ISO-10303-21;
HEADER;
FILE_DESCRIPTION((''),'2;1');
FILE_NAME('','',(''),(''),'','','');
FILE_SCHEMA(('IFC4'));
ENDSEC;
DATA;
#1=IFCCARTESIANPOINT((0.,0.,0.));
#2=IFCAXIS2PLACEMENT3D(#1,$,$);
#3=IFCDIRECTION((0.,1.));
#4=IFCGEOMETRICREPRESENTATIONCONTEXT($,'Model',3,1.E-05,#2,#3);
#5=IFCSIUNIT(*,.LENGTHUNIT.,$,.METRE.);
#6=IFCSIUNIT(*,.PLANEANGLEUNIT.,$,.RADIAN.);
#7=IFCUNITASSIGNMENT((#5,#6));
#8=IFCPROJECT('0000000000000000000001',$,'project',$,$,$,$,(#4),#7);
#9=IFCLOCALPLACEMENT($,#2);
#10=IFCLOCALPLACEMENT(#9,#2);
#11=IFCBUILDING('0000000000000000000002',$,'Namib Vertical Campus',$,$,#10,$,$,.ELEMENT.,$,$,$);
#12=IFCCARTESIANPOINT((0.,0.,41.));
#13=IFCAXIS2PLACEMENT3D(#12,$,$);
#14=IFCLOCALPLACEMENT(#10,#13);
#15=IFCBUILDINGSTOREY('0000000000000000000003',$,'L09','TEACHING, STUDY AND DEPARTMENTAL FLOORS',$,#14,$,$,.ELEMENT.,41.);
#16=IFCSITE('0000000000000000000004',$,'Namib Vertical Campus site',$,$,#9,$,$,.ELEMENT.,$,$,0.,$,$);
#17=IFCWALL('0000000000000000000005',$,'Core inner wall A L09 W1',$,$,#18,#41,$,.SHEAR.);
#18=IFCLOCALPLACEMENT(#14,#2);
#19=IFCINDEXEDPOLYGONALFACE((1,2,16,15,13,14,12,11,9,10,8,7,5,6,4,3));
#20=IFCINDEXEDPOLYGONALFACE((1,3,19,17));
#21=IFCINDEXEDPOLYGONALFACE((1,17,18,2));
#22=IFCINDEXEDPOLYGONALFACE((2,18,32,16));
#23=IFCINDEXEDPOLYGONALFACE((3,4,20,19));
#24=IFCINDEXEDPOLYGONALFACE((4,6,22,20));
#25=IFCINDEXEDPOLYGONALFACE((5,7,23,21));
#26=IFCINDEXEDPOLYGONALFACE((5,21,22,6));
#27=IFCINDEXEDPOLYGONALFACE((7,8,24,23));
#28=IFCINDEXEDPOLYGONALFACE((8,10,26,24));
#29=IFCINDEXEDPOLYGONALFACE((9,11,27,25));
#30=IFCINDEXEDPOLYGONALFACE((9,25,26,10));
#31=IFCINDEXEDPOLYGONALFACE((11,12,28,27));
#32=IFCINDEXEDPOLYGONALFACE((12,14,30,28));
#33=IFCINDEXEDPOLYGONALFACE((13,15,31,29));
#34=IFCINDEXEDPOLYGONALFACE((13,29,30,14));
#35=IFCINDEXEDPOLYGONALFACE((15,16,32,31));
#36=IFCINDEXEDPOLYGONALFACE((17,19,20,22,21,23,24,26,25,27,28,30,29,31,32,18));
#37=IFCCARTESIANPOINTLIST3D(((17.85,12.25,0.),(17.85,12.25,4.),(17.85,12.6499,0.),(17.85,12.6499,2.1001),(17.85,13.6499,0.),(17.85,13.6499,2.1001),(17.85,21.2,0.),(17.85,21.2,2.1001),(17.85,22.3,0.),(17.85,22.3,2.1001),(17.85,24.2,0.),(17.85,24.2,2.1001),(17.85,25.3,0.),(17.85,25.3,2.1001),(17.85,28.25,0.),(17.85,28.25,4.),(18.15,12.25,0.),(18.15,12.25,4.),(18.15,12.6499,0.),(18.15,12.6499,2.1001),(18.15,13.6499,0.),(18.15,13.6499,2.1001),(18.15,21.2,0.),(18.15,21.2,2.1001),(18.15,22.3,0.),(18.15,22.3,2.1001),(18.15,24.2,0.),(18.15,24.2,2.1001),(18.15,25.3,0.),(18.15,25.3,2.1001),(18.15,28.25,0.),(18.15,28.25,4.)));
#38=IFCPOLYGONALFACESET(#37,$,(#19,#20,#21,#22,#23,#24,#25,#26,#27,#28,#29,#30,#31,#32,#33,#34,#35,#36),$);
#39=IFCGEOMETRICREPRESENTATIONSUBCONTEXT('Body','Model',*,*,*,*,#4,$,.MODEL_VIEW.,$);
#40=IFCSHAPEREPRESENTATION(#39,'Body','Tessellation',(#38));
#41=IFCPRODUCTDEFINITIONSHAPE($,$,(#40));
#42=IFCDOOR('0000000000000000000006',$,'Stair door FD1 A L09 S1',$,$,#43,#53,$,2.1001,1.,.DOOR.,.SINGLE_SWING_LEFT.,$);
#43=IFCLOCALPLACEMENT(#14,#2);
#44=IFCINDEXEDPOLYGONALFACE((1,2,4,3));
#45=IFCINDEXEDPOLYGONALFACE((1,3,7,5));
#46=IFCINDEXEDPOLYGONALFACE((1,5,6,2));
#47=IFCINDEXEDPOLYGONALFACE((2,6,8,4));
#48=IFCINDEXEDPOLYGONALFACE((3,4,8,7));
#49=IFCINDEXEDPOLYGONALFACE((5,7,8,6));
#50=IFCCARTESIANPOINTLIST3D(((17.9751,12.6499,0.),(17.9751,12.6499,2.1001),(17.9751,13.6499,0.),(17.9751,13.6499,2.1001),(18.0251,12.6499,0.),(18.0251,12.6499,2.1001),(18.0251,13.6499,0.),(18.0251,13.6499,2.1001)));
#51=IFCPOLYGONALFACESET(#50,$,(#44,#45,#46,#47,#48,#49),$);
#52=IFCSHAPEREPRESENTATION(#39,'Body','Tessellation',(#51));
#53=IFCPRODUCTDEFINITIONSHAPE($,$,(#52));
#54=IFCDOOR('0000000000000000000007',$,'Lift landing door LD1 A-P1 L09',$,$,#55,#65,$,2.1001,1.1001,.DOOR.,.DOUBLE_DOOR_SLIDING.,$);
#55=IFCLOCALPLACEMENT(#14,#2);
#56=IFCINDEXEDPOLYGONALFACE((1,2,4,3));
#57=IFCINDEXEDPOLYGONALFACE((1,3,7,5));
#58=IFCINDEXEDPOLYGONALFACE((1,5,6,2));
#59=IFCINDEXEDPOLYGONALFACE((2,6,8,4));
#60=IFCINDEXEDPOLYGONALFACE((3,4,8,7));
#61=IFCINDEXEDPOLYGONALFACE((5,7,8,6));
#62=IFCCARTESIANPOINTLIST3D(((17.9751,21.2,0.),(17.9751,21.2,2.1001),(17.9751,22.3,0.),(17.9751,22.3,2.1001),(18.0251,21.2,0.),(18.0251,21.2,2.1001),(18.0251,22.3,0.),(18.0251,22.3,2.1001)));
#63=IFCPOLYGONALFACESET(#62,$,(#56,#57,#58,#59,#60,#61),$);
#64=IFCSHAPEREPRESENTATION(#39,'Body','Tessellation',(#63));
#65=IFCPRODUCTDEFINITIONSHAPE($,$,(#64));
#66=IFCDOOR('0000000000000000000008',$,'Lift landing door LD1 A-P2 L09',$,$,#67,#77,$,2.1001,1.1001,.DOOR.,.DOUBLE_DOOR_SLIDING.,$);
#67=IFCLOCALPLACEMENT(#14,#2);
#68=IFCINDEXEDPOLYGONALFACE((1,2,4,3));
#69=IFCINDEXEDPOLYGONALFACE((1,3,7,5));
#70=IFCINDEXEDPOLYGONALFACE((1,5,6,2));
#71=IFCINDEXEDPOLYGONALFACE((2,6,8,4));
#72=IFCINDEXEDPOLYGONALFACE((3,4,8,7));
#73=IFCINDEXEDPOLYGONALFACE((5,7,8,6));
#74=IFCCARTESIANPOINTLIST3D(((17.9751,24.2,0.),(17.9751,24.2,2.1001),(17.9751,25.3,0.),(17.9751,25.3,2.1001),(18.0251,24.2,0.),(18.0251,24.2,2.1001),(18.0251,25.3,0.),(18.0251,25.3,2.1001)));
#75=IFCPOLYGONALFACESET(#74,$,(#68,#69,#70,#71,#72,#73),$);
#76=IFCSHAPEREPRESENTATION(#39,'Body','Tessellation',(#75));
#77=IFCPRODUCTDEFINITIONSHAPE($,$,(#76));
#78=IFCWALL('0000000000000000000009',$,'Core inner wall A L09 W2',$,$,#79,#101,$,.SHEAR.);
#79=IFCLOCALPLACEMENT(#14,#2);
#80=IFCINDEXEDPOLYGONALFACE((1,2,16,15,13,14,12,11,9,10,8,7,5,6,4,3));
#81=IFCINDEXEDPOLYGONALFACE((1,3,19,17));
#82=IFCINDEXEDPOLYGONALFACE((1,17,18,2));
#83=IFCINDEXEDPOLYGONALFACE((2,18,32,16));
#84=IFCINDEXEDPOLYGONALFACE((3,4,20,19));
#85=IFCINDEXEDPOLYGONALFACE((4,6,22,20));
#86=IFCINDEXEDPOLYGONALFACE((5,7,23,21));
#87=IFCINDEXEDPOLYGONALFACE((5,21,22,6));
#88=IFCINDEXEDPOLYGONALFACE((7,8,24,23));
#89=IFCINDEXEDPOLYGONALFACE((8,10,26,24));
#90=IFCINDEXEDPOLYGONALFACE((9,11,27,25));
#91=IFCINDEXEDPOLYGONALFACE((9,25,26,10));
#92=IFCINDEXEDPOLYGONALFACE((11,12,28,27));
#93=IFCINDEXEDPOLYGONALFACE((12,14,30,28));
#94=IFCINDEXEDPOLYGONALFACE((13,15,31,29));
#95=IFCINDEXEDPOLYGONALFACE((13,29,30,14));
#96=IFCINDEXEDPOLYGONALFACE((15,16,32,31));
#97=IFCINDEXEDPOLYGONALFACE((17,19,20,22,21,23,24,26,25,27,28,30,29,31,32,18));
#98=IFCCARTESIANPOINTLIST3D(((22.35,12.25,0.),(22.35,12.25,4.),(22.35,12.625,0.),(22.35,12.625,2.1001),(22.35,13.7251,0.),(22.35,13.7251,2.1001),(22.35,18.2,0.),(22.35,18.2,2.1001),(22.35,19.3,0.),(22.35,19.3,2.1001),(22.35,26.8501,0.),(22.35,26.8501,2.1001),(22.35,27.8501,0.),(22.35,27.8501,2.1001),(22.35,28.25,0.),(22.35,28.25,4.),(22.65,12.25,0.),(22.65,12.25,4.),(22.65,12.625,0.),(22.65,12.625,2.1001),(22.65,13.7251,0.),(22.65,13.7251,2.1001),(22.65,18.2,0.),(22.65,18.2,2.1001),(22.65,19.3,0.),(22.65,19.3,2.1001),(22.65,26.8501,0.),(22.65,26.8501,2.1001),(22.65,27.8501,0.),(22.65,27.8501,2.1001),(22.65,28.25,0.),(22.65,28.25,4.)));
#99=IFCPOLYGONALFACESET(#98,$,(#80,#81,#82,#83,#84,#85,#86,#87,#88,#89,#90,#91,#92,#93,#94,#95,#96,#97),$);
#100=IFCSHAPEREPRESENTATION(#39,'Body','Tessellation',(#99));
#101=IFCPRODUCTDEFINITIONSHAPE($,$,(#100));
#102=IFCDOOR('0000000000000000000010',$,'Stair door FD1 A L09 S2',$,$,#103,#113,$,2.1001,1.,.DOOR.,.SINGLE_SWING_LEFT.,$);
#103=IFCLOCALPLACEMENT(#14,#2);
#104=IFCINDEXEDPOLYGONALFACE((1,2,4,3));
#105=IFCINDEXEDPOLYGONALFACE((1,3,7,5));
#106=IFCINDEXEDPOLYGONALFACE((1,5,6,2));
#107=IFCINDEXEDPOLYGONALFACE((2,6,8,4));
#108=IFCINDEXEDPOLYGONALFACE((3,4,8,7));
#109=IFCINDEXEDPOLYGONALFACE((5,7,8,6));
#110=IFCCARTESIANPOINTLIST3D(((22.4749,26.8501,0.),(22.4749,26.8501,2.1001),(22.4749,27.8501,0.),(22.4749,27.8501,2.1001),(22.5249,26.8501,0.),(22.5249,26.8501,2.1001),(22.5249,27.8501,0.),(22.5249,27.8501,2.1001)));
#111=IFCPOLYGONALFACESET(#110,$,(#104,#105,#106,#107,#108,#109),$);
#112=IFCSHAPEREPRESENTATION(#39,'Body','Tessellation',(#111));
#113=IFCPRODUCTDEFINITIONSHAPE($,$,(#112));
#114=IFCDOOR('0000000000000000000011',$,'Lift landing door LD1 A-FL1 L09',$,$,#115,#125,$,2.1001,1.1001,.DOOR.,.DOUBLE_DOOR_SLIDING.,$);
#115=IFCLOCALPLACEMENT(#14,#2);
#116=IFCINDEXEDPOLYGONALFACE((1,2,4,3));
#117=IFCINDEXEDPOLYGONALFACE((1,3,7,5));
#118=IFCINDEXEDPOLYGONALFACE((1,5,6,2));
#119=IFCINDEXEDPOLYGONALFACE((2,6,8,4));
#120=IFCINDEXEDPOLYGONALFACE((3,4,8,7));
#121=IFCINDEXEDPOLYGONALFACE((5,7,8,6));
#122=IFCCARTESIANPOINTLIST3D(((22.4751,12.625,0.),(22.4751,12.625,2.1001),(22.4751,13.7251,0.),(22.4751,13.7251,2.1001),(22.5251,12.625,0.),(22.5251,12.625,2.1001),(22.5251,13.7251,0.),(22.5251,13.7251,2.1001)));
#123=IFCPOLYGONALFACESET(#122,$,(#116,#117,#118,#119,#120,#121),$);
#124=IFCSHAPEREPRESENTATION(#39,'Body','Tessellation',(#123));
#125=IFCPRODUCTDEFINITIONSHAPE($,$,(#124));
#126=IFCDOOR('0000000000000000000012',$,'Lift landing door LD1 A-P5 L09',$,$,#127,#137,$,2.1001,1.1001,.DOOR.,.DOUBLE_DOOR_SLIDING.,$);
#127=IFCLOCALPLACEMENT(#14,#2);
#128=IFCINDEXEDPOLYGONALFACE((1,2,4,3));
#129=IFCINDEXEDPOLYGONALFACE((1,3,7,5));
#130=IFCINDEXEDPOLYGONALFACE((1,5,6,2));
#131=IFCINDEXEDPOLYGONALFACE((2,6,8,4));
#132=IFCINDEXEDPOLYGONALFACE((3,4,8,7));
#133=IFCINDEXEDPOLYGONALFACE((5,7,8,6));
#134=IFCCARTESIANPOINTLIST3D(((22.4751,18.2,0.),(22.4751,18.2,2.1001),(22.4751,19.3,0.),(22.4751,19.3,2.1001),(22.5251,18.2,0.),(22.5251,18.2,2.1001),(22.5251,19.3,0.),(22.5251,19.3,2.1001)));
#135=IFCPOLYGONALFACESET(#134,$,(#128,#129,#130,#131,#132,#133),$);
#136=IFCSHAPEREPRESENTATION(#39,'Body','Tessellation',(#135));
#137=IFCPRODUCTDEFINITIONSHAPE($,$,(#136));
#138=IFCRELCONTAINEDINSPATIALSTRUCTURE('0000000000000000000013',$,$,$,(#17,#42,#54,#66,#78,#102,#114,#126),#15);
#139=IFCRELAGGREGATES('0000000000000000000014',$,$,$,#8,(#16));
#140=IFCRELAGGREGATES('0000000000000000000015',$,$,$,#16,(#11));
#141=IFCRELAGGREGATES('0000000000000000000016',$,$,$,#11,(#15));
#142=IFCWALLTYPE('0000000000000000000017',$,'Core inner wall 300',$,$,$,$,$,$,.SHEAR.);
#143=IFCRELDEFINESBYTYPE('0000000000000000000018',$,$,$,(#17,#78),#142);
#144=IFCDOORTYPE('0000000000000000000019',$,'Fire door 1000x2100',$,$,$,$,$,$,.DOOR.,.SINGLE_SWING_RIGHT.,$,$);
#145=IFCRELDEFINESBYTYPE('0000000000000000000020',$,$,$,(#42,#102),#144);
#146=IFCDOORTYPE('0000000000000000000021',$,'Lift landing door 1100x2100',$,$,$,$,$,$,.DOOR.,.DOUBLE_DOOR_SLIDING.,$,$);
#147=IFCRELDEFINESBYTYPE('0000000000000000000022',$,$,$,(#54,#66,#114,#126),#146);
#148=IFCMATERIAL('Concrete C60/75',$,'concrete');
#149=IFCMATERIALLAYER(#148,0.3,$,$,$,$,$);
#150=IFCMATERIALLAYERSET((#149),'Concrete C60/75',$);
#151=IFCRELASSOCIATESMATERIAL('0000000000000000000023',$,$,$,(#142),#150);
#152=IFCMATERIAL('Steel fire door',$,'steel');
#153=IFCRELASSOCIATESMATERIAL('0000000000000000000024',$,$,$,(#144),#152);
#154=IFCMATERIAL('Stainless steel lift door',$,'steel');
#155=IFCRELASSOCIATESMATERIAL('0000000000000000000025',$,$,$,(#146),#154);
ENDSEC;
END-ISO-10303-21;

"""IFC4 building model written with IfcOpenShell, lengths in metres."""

from ifc_helpers import new_model, si_unit, direction, frame, frame_2d, origin, place, context, subcontext, project, spatial, rectangle, extrude, material, layer, layer_set, type_object, element, fill, save


model = new_model("IFC4")

# Units and contexts
model_context = context("Model", 3, precision=1e-05, world=origin(), true_north=direction((0.0, 1.0)))
body_context = subcontext(model_context, "Body", "Model", "MODEL_VIEW")
ifc_project = project(units=[si_unit("LENGTHUNIT", "METRE"), si_unit("PLANEANGLEUNIT", "RADIAN")], contexts=[model_context])

# Site, building, storey
site_placement = place(None, origin())
site = spatial("IfcSite", under=ifc_project, at=site_placement, Name="Namib Vertical Campus site", CompositionType="ELEMENT", RefElevation=0.0)
building_placement = place(site_placement, origin())
building = spatial("IfcBuilding", under=site, at=building_placement, Name="Namib Vertical Campus", CompositionType="ELEMENT")
storey_placement = place(building_placement, frame((0.0, 0.0, 41.0)))
storey = spatial("IfcBuildingStorey", under=building, at=storey_placement, Name="L09", Description="TEACHING, STUDY AND DEPARTMENTAL FLOORS", CompositionType="ELEMENT", Elevation=41.0)

# Walls, openings, doors
ifc_material_1 = material(Name="Concrete C60/75", Category="concrete")
ifc_layer_1 = layer(ifc_material_1, 0.3)
ifc_layer_set_1 = layer_set([ifc_layer_1], Name="Concrete C60/75")
wall_type_1 = type_object("IfcWallType", Name="Core inner wall 300", PredefinedType="SHEAR", material=ifc_layer_set_1)
wall_1_placement = place(storey_placement, frame((18.0, 12.25, 0.0), z_axis=(0.0, 0.0, 1.0), x_axis=(0.0, 1.0, 0.0)))
wall_1 = element("IfcWall", 1, at=wall_1_placement, inside=storey, type_object=wall_type_1, Name="Core inner wall A L09 W1", PredefinedType="SHEAR", context=body_context, shape_type="SweptSolid", body=[
    extrude(rectangle(XDim=16.0, YDim=0.3, at=frame_2d((8.0, 0.0))), origin(), (0.0, 0.0, 1.0), 4.0),
])
opening_1_placement = place(wall_1_placement, frame((0.3999, 0.0, 0.0)))
opening_1 = element("IfcOpeningElement", 2, at=opening_1_placement, cuts=wall_1, PredefinedType="OPENING", context=body_context, shape_type="SweptSolid", body=[
    extrude(rectangle(XDim=1.0, YDim=2.1001, at=frame_2d((0.5, 1.05))), frame((0.0, 0.1599, 0.0), z_axis=(0.0, -1.0, 0.0), x_axis=(1.0, 0.0, 0.0)), (0.0, 0.0, 1.0), 0.3201),
])
opening_2_placement = place(wall_1_placement, frame((8.95, 0.0, 0.0)))
opening_2 = element("IfcOpeningElement", 3, at=opening_2_placement, cuts=wall_1, PredefinedType="OPENING", context=body_context, shape_type="SweptSolid", body=[
    extrude(rectangle(XDim=1.1001, YDim=2.1001, at=frame_2d((0.55, 1.05))), frame((0.0, 0.1599, 0.0), z_axis=(0.0, -1.0, 0.0), x_axis=(1.0, 0.0, 0.0)), (0.0, 0.0, 1.0), 0.3201),
])
opening_3_placement = place(wall_1_placement, frame((11.95, 0.0, 0.0)))
opening_3 = element("IfcOpeningElement", 4, at=opening_3_placement, cuts=wall_1, PredefinedType="OPENING", context=body_context, shape_type="SweptSolid", body=[
    extrude(rectangle(XDim=1.1001, YDim=2.1001, at=frame_2d((0.55, 1.05))), frame((0.0, 0.1599, 0.0), z_axis=(0.0, -1.0, 0.0), x_axis=(1.0, 0.0, 0.0)), (0.0, 0.0, 1.0), 0.3201),
])
ifc_material_2 = material(Name="Steel fire door", Category="steel")
door_type_1 = type_object("IfcDoorType", Name="Fire door 1000x2100", OperationType="SINGLE_SWING_RIGHT", PredefinedType="DOOR", material=ifc_material_2)
door_1_placement = place(opening_1_placement, origin())
door_1 = element("IfcDoor", 5, at=door_1_placement, inside=storey, type_object=door_type_1, Name="Stair door FD1 A L09 S1", OperationType="SINGLE_SWING_LEFT", OverallHeight=2.1001, OverallWidth=1.0, PredefinedType="DOOR", context=body_context, shape_type="SweptSolid", body=[
    extrude(rectangle(XDim=1.0, YDim=2.1001, at=frame_2d((0.5, 1.05))), frame((0.0, 0.0249, 0.0), z_axis=(0.0, -1.0, 0.0), x_axis=(1.0, 0.0, 0.0)), (0.0, 0.0, 1.0), 0.05),
])
fill(opening_1, door_1)
ifc_material_3 = material(Name="Stainless steel lift door", Category="steel")
door_type_2 = type_object("IfcDoorType", Name="Lift landing door 1100x2100", OperationType="DOUBLE_DOOR_SLIDING", PredefinedType="DOOR", material=ifc_material_3)
door_2_placement = place(opening_2_placement, origin())
door_2 = element("IfcDoor", 6, at=door_2_placement, inside=storey, type_object=door_type_2, Name="Lift landing door LD1 A-P1 L09", OperationType="DOUBLE_DOOR_SLIDING", OverallHeight=2.1001, OverallWidth=1.1001, PredefinedType="DOOR", context=body_context, shape_type="SweptSolid", body=[
    extrude(rectangle(XDim=1.1001, YDim=2.1001, at=frame_2d((0.55, 1.05))), frame((0.0, 0.0249, 0.0), z_axis=(0.0, -1.0, 0.0), x_axis=(1.0, 0.0, 0.0)), (0.0, 0.0, 1.0), 0.05),
])
fill(opening_2, door_2)
door_3_placement = place(opening_3_placement, origin())
door_3 = element("IfcDoor", 7, at=door_3_placement, inside=storey, type_object=door_type_2, Name="Lift landing door LD1 A-P2 L09", OperationType="DOUBLE_DOOR_SLIDING", OverallHeight=2.1001, OverallWidth=1.1001, PredefinedType="DOOR", context=body_context, shape_type="SweptSolid", body=[
    extrude(rectangle(XDim=1.1001, YDim=2.1001, at=frame_2d((0.55, 1.05))), frame((0.0, 0.0249, 0.0), z_axis=(0.0, -1.0, 0.0), x_axis=(1.0, 0.0, 0.0)), (0.0, 0.0, 1.0), 0.05),
])
fill(opening_3, door_3)
wall_2_placement = place(storey_placement, frame((22.5, 12.25, 0.0), z_axis=(0.0, 0.0, 1.0), x_axis=(0.0, 1.0, 0.0)))
wall_2 = element("IfcWall", 8, at=wall_2_placement, inside=storey, type_object=wall_type_1, Name="Core inner wall A L09 W2", PredefinedType="SHEAR", context=body_context, shape_type="SweptSolid", body=[
    extrude(rectangle(XDim=16.0, YDim=0.3, at=frame_2d((8.0, 0.0))), origin(), (0.0, 0.0, 1.0), 4.0),
])
opening_4_placement = place(wall_2_placement, frame((14.6001, 0.0, 0.0)))
opening_4 = element("IfcOpeningElement", 9, at=opening_4_placement, cuts=wall_2, PredefinedType="OPENING", context=body_context, shape_type="SweptSolid", body=[
    extrude(rectangle(XDim=1.0, YDim=2.1001, at=frame_2d((0.5, 1.05))), frame((0.0, 0.1599, 0.0), z_axis=(0.0, -1.0, 0.0), x_axis=(1.0, 0.0, 0.0)), (0.0, 0.0, 1.0), 0.3201),
])
opening_5_placement = place(wall_2_placement, frame((0.375, 0.0, 0.0)))
opening_5 = element("IfcOpeningElement", 10, at=opening_5_placement, cuts=wall_2, PredefinedType="OPENING", context=body_context, shape_type="SweptSolid", body=[
    extrude(rectangle(XDim=1.1001, YDim=2.1001, at=frame_2d((0.55, 1.05))), frame((0.0, 0.1599, 0.0), z_axis=(0.0, -1.0, 0.0), x_axis=(1.0, 0.0, 0.0)), (0.0, 0.0, 1.0), 0.3201),
])
opening_6_placement = place(wall_2_placement, frame((5.95, 0.0, 0.0)))
opening_6 = element("IfcOpeningElement", 11, at=opening_6_placement, cuts=wall_2, PredefinedType="OPENING", context=body_context, shape_type="SweptSolid", body=[
    extrude(rectangle(XDim=1.1001, YDim=2.1001, at=frame_2d((0.55, 1.05))), frame((0.0, 0.1599, 0.0), z_axis=(0.0, -1.0, 0.0), x_axis=(1.0, 0.0, 0.0)), (0.0, 0.0, 1.0), 0.3201),
])
door_4_placement = place(opening_4_placement, frame((1.0, 0.0, 0.0), z_axis=(0.0, 0.0, 1.0), x_axis=(-1.0, 0.0, 0.0)))
door_4 = element("IfcDoor", 12, at=door_4_placement, inside=storey, type_object=door_type_1, Name="Stair door FD1 A L09 S2", OperationType="SINGLE_SWING_LEFT", OverallHeight=2.1001, OverallWidth=1.0, PredefinedType="DOOR", context=body_context, shape_type="SweptSolid", body=[
    extrude(rectangle(XDim=1.0, YDim=2.1001, at=frame_2d((0.5, 1.05))), frame((0.0, 0.0249, 0.0), z_axis=(0.0, -1.0, 0.0), x_axis=(1.0, 0.0, 0.0)), (0.0, 0.0, 1.0), 0.05),
])
fill(opening_4, door_4)
door_5_placement = place(opening_5_placement, origin())
door_5 = element("IfcDoor", 13, at=door_5_placement, inside=storey, type_object=door_type_2, Name="Lift landing door LD1 A-FL1 L09", OperationType="DOUBLE_DOOR_SLIDING", OverallHeight=2.1001, OverallWidth=1.1001, PredefinedType="DOOR", context=body_context, shape_type="SweptSolid", body=[
    extrude(rectangle(XDim=1.1001, YDim=2.1001, at=frame_2d((0.55, 1.05))), frame((0.0, 0.0249, 0.0), z_axis=(0.0, -1.0, 0.0), x_axis=(1.0, 0.0, 0.0)), (0.0, 0.0, 1.0), 0.05),
])
fill(opening_5, door_5)
door_6_placement = place(opening_6_placement, origin())
door_6 = element("IfcDoor", 14, at=door_6_placement, inside=storey, type_object=door_type_2, Name="Lift landing door LD1 A-P5 L09", OperationType="DOUBLE_DOOR_SLIDING", OverallHeight=2.1001, OverallWidth=1.1001, PredefinedType="DOOR", context=body_context, shape_type="SweptSolid", body=[
    extrude(rectangle(XDim=1.1001, YDim=2.1001, at=frame_2d((0.55, 1.05))), frame((0.0, 0.0249, 0.0), z_axis=(0.0, -1.0, 0.0), x_axis=(1.0, 0.0, 0.0)), (0.0, 0.0, 1.0), 0.05),
])
fill(opening_6, door_6)

save(model, "model.ifc")
